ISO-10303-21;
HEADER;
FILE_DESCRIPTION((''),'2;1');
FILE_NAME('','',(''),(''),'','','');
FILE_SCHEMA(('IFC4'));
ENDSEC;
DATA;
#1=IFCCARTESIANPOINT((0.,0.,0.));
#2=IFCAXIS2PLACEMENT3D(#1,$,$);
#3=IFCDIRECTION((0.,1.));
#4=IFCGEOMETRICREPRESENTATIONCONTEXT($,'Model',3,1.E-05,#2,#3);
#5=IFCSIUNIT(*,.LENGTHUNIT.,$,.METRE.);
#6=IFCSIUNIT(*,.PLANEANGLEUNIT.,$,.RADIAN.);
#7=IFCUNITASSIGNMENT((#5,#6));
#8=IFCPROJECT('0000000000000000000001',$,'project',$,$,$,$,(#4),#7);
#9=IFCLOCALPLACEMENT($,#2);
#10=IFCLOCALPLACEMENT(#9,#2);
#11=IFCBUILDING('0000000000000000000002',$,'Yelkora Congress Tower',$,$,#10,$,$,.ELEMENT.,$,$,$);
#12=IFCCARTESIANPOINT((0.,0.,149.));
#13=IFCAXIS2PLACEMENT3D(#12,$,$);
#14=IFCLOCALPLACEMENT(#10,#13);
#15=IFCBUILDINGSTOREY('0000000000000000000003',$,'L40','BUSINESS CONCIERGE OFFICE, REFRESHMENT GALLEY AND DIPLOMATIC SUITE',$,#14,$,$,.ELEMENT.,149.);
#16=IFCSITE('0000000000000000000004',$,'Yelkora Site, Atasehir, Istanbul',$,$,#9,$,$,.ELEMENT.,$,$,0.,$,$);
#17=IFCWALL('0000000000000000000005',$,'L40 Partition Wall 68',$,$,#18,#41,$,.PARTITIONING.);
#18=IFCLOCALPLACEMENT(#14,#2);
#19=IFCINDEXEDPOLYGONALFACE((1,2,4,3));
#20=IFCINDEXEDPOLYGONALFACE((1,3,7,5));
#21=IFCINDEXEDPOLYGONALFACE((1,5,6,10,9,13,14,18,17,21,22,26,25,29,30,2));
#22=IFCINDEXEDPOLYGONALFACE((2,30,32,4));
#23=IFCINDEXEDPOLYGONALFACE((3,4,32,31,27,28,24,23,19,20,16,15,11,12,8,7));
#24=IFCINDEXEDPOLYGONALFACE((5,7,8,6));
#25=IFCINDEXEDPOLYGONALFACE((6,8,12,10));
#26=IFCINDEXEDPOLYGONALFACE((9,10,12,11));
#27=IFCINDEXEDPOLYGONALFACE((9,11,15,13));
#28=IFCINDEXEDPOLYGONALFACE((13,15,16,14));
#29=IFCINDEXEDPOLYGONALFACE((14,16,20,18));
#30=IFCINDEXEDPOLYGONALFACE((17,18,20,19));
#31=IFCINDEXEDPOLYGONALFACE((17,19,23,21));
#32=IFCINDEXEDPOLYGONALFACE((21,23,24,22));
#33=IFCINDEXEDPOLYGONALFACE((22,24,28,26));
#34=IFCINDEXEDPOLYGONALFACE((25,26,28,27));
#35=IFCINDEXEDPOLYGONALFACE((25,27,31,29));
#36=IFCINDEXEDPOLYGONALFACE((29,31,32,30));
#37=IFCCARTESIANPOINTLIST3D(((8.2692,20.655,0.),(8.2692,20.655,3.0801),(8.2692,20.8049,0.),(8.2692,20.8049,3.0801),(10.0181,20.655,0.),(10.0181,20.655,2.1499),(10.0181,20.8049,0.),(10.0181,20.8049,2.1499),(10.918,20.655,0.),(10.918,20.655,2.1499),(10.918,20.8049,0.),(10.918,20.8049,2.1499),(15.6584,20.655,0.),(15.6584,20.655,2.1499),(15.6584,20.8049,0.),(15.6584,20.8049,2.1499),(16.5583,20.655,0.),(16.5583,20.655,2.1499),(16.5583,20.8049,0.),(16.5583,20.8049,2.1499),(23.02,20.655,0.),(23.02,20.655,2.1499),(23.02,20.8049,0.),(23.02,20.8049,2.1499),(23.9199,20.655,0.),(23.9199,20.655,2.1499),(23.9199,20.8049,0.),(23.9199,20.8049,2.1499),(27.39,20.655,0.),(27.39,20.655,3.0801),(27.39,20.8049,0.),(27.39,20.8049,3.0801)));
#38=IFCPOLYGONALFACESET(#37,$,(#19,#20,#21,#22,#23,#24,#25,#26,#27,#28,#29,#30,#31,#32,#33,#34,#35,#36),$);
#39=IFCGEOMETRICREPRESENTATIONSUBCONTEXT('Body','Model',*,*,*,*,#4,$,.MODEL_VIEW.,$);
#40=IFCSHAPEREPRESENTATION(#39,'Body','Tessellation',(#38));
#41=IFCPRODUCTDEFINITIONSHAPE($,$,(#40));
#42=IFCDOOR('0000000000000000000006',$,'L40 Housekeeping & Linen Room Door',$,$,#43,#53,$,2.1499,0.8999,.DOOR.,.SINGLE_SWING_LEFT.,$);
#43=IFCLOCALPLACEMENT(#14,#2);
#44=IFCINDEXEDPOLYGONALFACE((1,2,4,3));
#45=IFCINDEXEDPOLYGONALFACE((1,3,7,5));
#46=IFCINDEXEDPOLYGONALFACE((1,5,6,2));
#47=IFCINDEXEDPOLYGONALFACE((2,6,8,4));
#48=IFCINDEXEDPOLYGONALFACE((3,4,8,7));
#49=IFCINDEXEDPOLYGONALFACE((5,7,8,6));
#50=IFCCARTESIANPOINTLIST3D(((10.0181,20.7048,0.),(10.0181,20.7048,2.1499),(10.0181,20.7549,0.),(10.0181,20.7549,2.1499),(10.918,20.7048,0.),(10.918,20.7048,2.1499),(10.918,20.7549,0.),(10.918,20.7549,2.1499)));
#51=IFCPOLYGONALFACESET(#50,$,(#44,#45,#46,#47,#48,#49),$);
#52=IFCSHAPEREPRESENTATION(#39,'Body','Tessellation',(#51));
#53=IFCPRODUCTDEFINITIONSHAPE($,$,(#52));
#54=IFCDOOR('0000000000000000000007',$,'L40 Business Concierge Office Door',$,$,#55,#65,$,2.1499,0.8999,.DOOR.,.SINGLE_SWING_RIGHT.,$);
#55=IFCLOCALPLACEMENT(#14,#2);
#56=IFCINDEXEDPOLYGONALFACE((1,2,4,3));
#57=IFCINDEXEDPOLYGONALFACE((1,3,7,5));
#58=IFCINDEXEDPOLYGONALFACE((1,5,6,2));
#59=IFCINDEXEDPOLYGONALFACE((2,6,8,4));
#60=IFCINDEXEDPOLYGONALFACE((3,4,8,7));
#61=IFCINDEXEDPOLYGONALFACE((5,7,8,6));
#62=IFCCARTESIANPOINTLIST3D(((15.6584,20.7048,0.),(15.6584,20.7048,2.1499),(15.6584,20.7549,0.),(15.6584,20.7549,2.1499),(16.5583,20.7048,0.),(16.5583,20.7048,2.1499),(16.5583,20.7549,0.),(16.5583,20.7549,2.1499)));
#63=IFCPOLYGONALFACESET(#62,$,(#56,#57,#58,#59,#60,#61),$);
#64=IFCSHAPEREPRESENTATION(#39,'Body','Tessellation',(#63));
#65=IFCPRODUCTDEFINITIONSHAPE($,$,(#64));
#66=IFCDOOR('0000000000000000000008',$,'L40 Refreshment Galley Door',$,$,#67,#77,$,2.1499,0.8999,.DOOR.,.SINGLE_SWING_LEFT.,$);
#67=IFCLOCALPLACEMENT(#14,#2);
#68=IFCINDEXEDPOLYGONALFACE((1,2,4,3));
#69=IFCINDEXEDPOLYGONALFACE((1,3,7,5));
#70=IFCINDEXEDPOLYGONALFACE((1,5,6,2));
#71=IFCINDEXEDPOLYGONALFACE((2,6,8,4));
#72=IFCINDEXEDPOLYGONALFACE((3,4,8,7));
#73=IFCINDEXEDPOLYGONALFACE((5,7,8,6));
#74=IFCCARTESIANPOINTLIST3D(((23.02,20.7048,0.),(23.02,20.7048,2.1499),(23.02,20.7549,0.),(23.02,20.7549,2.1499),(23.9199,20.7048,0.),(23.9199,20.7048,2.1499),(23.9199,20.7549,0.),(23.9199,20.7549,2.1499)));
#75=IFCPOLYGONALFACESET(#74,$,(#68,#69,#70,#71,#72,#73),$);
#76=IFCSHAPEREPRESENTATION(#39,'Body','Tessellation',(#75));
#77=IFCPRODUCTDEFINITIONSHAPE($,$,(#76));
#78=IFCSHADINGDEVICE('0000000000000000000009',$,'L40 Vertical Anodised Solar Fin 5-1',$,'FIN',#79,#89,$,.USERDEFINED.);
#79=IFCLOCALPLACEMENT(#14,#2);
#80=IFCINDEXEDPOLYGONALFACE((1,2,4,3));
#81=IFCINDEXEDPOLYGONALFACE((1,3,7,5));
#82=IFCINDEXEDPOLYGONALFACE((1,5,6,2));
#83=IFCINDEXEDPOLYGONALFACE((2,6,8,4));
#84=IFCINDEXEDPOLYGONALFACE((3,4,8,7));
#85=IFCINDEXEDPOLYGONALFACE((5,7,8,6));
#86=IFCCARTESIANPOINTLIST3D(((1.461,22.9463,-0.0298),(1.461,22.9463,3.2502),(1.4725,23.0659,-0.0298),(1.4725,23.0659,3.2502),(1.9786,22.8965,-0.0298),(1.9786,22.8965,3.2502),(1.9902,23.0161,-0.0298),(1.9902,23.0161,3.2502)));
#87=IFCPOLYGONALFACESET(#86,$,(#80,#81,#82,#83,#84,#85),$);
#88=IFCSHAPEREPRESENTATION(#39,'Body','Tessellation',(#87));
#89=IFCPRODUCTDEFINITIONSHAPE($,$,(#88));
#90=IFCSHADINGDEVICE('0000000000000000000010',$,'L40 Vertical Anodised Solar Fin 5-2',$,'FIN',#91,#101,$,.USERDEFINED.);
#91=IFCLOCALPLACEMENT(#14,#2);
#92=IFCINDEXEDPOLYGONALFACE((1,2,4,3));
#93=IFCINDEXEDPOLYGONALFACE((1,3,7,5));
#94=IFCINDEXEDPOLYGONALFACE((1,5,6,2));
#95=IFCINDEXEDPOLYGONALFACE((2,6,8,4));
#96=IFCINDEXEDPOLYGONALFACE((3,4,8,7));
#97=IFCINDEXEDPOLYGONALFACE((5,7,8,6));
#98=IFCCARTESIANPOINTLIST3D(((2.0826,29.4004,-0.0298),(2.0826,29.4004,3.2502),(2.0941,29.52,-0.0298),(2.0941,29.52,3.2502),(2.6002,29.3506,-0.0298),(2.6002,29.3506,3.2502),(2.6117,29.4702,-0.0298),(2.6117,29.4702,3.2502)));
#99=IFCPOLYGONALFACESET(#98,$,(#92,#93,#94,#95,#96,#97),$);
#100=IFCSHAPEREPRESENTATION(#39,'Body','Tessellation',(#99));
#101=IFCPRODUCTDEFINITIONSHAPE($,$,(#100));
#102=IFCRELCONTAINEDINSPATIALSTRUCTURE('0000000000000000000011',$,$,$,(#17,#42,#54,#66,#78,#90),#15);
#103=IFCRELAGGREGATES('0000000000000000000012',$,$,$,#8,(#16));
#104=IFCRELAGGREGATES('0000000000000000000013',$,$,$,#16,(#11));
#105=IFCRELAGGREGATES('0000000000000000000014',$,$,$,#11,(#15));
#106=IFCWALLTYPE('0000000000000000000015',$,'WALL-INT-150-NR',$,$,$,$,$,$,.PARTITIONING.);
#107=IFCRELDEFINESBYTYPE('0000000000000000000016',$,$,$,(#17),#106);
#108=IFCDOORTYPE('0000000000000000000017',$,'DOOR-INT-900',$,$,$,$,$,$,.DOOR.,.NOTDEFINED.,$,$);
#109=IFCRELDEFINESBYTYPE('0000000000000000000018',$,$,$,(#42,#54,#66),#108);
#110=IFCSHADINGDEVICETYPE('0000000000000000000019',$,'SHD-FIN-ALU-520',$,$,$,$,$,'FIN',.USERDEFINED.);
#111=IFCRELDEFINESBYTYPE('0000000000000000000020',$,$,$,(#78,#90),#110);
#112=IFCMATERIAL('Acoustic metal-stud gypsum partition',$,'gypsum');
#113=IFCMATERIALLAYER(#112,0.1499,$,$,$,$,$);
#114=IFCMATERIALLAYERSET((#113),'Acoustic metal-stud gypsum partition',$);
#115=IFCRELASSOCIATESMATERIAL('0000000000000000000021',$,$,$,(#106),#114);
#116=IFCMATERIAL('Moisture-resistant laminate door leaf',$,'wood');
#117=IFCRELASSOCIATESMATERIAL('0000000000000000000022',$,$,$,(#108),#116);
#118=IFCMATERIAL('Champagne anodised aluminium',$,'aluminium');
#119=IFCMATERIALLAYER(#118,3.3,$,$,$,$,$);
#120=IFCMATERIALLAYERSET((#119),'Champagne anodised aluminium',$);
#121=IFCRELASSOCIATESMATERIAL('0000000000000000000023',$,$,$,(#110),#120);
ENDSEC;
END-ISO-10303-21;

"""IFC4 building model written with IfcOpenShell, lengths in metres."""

from ifc_helpers import new_model, si_unit, direction, frame, frame_2d, origin, origin_2d, place, context, subcontext, project, spatial, rectangle, extrude, material, layer, layer_set, type_object, element, fill, save


model = new_model("IFC4")

# Units and contexts
model_context = context("Model", 3, precision=1e-05, world=origin(), true_north=direction((0.0, 1.0)))
body_context = subcontext(model_context, "Body", "Model", "MODEL_VIEW")
ifc_project = project(units=[si_unit("LENGTHUNIT", "METRE"), si_unit("PLANEANGLEUNIT", "RADIAN")], contexts=[model_context])

# Site, building, storey
site_placement = place(None, origin())
site = spatial("IfcSite", under=ifc_project, at=site_placement, Name="Yelkora Site, Atasehir, Istanbul", CompositionType="ELEMENT", RefElevation=0.0)
building_placement = place(site_placement, origin())
building = spatial("IfcBuilding", under=site, at=building_placement, Name="Yelkora Congress Tower", CompositionType="ELEMENT")
storey_placement = place(building_placement, frame((0.0, 0.0, 149.0)))
storey = spatial("IfcBuildingStorey", under=building, at=storey_placement, Name="L40", Description="BUSINESS CONCIERGE OFFICE, REFRESHMENT GALLEY AND DIPLOMATIC SUITE", CompositionType="ELEMENT", Elevation=149.0)

# Shared definitions
ifc_material_1 = material(Name="Acoustic metal-stud gypsum partition", Category="gypsum")
ifc_layer_1 = layer(ifc_material_1, 0.1499)
ifc_layer_set_1 = layer_set([ifc_layer_1], Name="Acoustic metal-stud gypsum partition")
wall_type = type_object("IfcWallType", Name="WALL-INT-150-NR", PredefinedType="PARTITIONING", material=ifc_layer_set_1)

# Wall, openings, doors
wall_1_placement = place(storey_placement, frame((8.269, 20.73, 0.0), z_axis=(0.0, 0.0, 1.0), x_axis=(1.0, 0.0, 0.0)))
wall_1 = element("IfcWall", 1, at=wall_1_placement, inside=storey, type_object=wall_type, Name="L40 Partition Wall 68", PredefinedType="PARTITIONING", context=body_context, shape_type="SweptSolid", body=[
    extrude(rectangle(XDim=19.1208, YDim=0.1499, at=frame_2d((9.5605, 0.0))), origin(), (0.0, 0.0, 1.0), 3.0801),
])
opening_1_placement = place(wall_1_placement, frame((1.749, 0.0, 0.0)))
opening_1 = element("IfcOpeningElement", 2, at=opening_1_placement, cuts=wall_1, PredefinedType="OPENING", context=body_context, shape_type="SweptSolid", body=[
    extrude(rectangle(XDim=0.8999, YDim=2.1499, at=frame_2d((0.45, 1.075))), frame((0.0, 0.085, 0.0), z_axis=(0.0, -1.0, 0.0), x_axis=(1.0, 0.0, 0.0)), (0.0, 0.0, 1.0), 0.1699),
])
opening_2_placement = place(wall_1_placement, frame((7.3894, 0.0, 0.0)))
opening_2 = element("IfcOpeningElement", 3, at=opening_2_placement, cuts=wall_1, PredefinedType="OPENING", context=body_context, shape_type="SweptSolid", body=[
    extrude(rectangle(XDim=0.8999, YDim=2.1499, at=frame_2d((0.45, 1.075))), frame((0.0, 0.085, 0.0), z_axis=(0.0, -1.0, 0.0), x_axis=(1.0, 0.0, 0.0)), (0.0, 0.0, 1.0), 0.1699),
])
opening_3_placement = place(wall_1_placement, frame((14.751, 0.0, 0.0)))
opening_3 = element("IfcOpeningElement", 4, at=opening_3_placement, cuts=wall_1, PredefinedType="OPENING", context=body_context, shape_type="SweptSolid", body=[
    extrude(rectangle(XDim=0.8999, YDim=2.1499, at=frame_2d((0.45, 1.075))), frame((0.0, 0.085, 0.0), z_axis=(0.0, -1.0, 0.0), x_axis=(1.0, 0.0, 0.0)), (0.0, 0.0, 1.0), 0.1699),
])
ifc_material_2 = material(Name="Moisture-resistant laminate door leaf", Category="wood")
door_type = type_object("IfcDoorType", Name="DOOR-INT-900", OperationType="NOTDEFINED", PredefinedType="DOOR", material=ifc_material_2)
door_1_placement = place(opening_1_placement, origin())
door_1 = element("IfcDoor", 5, at=door_1_placement, inside=storey, type_object=door_type, Name="L40 Housekeeping & Linen Room Door", OperationType="SINGLE_SWING_LEFT", OverallHeight=2.1499, OverallWidth=0.8999, PredefinedType="DOOR", context=body_context, shape_type="SweptSolid", body=[
    extrude(rectangle(XDim=0.8999, YDim=2.1499, at=frame_2d((0.45, 1.075))), frame((0.0, 0.0249, 0.0), z_axis=(0.0, -1.0, 0.0), x_axis=(1.0, 0.0, 0.0)), (0.0, 0.0, 1.0), 0.05),
])
fill(opening_1, door_1)
door_2_placement = place(opening_2_placement, origin())
door_2 = element("IfcDoor", 6, at=door_2_placement, inside=storey, type_object=door_type, Name="L40 Business Concierge Office Door", OperationType="SINGLE_SWING_RIGHT", OverallHeight=2.1499, OverallWidth=0.8999, PredefinedType="DOOR", context=body_context, shape_type="SweptSolid", body=[
    extrude(rectangle(XDim=0.8999, YDim=2.1499, at=frame_2d((0.45, 1.075))), frame((0.0, 0.0249, 0.0), z_axis=(0.0, -1.0, 0.0), x_axis=(1.0, 0.0, 0.0)), (0.0, 0.0, 1.0), 0.05),
])
fill(opening_2, door_2)
door_3_placement = place(opening_3_placement, origin())
door_3 = element("IfcDoor", 7, at=door_3_placement, inside=storey, type_object=door_type, Name="L40 Refreshment Galley Door", OperationType="SINGLE_SWING_LEFT", OverallHeight=2.1499, OverallWidth=0.8999, PredefinedType="DOOR", context=body_context, shape_type="SweptSolid", body=[
    extrude(rectangle(XDim=0.8999, YDim=2.1499, at=frame_2d((0.45, 1.075))), frame((0.0, 0.0249, 0.0), z_axis=(0.0, -1.0, 0.0), x_axis=(1.0, 0.0, 0.0)), (0.0, 0.0, 1.0), 0.05),
])
fill(opening_3, door_3)

# Shading devices
ifc_material_3 = material(Name="Champagne anodised aluminium", Category="aluminium")
ifc_layer_2 = layer(ifc_material_3, 3.3)
ifc_layer_set_2 = layer_set([ifc_layer_2], Name="Champagne anodised aluminium")
shading_device_type = type_object("IfcShadingDeviceType", Name="SHD-FIN-ALU-520", ElementType="FIN", PredefinedType="USERDEFINED", material=ifc_layer_set_2)
for number, where, z_axis, x_axis, name in (
    (8, (1.7256, 22.9812, -0.0298), (0.0, 0.0, 1.0), (0.095846, 0.995396, 0.0), "L40 Vertical Anodised Solar Fin 5-1"),
    (9, (2.3472, 29.4353, -0.0298), (0.0, 0.0, 1.0), (0.095846, 0.995396, 0.0), "L40 Vertical Anodised Solar Fin 5-2"),
):
    element("IfcShadingDevice", number, at=place(storey_placement, frame(where, z_axis=z_axis, x_axis=x_axis)), inside=storey, type_object=shading_device_type, Name=name, ObjectType="FIN", PredefinedType="USERDEFINED", context=body_context, shape_type="SweptSolid", body=[
        extrude(rectangle(XDim=0.1201, YDim=0.52, at=origin_2d()), origin(), (0.0, 0.0, 1.0), 3.28),
    ])

save(model, "model.ifc")
